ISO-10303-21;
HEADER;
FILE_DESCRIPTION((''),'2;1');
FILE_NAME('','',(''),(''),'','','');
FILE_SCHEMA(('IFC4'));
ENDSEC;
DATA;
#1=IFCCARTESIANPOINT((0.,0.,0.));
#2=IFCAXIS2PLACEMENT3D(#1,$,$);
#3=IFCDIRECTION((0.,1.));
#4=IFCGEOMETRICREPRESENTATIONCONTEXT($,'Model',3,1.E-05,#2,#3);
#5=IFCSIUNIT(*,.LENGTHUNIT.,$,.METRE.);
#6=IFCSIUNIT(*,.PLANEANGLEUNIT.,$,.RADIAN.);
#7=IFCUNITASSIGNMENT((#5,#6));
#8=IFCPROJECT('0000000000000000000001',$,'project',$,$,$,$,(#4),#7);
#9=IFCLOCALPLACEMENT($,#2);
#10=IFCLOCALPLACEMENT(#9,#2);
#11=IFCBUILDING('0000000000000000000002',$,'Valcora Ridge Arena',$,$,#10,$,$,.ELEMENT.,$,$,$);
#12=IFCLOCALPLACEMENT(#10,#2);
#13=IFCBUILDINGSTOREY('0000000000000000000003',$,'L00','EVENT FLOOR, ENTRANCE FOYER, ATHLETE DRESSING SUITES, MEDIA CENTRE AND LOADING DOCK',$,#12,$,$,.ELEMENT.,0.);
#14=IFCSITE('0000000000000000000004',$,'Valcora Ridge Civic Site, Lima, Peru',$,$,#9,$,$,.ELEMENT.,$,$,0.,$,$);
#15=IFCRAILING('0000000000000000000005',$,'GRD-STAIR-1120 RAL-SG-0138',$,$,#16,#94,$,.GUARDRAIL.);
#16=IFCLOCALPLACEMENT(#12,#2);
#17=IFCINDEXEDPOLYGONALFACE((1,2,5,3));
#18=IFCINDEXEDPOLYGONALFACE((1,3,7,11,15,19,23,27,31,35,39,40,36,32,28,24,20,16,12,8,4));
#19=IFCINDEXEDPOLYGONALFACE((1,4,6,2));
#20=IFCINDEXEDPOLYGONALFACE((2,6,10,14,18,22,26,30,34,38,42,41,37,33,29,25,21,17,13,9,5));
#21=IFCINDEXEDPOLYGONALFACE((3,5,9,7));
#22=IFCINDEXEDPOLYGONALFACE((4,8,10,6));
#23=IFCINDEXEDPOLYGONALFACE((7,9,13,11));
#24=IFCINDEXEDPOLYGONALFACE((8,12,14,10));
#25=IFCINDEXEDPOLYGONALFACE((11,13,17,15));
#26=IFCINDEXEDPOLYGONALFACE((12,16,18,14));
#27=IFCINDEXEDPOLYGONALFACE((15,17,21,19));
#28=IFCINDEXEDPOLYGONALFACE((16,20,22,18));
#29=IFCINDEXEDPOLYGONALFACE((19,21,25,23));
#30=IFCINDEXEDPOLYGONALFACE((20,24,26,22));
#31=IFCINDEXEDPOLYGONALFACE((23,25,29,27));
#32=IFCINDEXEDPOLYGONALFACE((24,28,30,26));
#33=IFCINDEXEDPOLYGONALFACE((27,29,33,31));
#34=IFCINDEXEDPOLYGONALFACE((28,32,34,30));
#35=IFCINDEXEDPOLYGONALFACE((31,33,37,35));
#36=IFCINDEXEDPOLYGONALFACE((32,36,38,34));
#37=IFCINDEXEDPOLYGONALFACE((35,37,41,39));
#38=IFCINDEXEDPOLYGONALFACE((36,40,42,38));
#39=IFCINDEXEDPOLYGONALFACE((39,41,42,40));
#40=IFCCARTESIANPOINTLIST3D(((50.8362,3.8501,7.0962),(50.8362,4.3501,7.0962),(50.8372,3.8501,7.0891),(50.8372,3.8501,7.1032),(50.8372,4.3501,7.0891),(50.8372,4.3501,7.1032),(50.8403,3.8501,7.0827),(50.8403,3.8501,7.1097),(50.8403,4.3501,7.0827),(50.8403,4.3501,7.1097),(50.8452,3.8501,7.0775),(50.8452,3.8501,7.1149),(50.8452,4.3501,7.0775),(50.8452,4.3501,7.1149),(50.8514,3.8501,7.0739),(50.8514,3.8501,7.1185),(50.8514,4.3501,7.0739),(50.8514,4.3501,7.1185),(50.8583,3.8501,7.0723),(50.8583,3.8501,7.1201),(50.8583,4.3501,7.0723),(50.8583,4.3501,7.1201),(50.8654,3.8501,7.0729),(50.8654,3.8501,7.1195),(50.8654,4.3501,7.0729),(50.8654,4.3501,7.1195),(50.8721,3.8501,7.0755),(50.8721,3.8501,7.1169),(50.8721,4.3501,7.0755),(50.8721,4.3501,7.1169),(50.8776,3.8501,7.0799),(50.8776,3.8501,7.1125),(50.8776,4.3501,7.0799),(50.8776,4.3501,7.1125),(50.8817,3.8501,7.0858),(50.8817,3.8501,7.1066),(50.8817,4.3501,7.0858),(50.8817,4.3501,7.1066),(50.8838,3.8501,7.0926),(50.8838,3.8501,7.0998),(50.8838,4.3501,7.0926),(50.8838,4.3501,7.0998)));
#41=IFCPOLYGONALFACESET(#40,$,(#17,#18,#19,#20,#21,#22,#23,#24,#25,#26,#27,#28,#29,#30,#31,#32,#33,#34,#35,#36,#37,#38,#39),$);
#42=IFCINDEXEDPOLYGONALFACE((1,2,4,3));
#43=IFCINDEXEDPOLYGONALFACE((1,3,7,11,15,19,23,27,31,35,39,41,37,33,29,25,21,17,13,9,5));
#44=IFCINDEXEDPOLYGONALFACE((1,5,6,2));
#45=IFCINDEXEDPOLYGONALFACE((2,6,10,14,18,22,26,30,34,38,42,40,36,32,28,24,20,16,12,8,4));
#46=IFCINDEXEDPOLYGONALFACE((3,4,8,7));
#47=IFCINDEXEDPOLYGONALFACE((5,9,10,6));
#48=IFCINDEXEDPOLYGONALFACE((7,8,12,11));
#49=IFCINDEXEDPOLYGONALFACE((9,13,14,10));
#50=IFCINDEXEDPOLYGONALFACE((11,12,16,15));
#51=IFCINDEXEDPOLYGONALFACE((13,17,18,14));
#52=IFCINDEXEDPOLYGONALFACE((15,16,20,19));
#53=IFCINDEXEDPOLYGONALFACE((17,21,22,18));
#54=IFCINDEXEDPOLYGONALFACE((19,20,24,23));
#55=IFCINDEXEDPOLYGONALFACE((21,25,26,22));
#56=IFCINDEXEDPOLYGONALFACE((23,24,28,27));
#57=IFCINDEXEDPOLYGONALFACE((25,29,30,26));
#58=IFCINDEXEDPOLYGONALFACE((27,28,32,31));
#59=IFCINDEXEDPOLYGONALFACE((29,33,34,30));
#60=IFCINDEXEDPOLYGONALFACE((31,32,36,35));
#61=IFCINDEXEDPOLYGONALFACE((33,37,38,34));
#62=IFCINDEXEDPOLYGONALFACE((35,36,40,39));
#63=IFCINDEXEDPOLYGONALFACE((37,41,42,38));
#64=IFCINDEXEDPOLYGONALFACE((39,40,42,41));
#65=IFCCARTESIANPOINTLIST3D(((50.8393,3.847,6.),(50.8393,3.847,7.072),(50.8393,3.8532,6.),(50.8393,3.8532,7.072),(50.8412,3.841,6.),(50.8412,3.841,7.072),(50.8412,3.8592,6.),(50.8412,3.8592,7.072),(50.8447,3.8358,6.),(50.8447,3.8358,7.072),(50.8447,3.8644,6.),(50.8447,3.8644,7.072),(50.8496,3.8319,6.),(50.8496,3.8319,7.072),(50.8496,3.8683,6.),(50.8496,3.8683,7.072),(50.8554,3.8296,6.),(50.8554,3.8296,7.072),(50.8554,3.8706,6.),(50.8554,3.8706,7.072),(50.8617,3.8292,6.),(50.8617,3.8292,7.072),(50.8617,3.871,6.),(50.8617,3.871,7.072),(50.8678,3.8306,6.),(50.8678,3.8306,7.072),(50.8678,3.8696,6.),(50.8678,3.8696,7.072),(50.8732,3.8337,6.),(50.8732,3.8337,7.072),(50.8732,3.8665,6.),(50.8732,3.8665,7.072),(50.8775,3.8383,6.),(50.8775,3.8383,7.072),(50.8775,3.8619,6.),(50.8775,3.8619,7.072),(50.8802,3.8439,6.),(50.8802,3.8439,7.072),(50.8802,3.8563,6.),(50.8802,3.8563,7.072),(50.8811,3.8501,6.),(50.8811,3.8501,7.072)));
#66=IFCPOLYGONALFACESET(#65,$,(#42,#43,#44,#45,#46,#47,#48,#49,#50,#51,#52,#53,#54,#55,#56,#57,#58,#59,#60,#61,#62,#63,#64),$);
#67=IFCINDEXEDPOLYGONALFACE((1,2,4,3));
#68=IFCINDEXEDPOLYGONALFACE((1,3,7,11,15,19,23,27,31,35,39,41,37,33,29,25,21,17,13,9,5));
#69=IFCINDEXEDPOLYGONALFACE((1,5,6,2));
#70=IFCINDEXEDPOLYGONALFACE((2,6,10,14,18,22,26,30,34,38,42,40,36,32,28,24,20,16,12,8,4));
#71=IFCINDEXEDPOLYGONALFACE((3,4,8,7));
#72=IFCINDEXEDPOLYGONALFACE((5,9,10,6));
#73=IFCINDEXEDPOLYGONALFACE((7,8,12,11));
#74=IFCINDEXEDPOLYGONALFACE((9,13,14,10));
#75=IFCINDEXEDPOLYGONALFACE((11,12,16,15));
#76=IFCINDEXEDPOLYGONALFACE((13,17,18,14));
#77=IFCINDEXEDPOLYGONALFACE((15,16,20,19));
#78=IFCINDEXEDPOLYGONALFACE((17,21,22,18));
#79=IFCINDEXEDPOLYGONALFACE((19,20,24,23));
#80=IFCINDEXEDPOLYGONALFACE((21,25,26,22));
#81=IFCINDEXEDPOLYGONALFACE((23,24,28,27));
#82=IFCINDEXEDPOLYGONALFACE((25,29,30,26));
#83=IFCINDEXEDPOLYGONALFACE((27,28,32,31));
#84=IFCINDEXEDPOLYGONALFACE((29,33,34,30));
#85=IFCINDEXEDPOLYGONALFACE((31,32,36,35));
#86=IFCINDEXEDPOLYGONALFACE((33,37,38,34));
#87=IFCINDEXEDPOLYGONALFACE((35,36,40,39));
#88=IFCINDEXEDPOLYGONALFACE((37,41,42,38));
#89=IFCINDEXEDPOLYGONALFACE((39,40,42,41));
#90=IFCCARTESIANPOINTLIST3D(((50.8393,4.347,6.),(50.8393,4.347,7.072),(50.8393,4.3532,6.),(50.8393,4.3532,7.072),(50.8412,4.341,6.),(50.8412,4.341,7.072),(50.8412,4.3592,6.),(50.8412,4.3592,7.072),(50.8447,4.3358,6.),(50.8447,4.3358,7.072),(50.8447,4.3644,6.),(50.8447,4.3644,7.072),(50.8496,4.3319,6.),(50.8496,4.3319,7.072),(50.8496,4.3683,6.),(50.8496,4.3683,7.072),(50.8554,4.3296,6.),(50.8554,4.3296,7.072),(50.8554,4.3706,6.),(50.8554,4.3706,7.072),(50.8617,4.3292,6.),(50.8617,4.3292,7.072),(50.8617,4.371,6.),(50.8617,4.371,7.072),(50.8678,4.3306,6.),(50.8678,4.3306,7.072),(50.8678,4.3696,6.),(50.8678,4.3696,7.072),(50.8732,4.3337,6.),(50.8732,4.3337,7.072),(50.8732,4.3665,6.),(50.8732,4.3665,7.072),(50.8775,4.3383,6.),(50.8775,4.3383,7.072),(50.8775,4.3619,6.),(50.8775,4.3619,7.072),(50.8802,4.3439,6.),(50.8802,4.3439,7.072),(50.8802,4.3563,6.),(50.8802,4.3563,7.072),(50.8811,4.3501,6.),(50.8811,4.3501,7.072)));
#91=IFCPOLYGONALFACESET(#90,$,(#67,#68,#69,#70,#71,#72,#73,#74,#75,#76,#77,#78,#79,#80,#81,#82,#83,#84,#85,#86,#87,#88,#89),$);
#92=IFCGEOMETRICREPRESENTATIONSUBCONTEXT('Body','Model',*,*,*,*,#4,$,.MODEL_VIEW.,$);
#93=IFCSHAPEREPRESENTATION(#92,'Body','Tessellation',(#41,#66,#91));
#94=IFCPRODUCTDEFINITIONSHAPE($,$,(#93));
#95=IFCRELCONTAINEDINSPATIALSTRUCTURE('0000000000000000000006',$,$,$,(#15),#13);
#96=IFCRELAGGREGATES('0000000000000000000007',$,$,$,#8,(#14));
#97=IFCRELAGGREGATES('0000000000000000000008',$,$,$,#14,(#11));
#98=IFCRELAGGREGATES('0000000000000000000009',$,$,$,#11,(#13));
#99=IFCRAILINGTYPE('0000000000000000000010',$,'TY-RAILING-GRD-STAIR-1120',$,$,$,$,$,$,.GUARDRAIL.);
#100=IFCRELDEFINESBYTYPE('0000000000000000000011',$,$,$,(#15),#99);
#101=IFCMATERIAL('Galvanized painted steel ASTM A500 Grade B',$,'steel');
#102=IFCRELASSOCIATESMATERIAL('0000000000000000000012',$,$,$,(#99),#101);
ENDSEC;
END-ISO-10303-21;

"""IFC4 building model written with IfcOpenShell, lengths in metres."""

from ifc_helpers import new_model, si_unit, direction, frame, origin, origin_2d, place, context, subcontext, project, spatial, circle, extrude, material, type_object, element, save


model = new_model("IFC4")

# Units and contexts
model_context = context("Model", 3, precision=1e-05, world=origin(), true_north=direction((0.0, 1.0)))
body_context = subcontext(model_context, "Body", "Model", "MODEL_VIEW")
ifc_project = project(units=[si_unit("LENGTHUNIT", "METRE"), si_unit("PLANEANGLEUNIT", "RADIAN")], contexts=[model_context])

# Site, building, storey
site_placement = place(None, origin())
site = spatial("IfcSite", under=ifc_project, at=site_placement, Name="Valcora Ridge Civic Site, Lima, Peru", CompositionType="ELEMENT", RefElevation=0.0)
building_placement = place(site_placement, origin())
building = spatial("IfcBuilding", under=site, at=building_placement, Name="Valcora Ridge Arena", CompositionType="ELEMENT")
storey_placement = place(building_placement, origin())
storey = spatial("IfcBuildingStorey", under=building, at=storey_placement, Name="L00", Description="EVENT FLOOR, ENTRANCE FOYER, ATHLETE DRESSING SUITES, MEDIA CENTRE AND LOADING DOCK", CompositionType="ELEMENT", Elevation=0.0)

# Railing
ifc_material_1 = material(Name="Galvanized painted steel ASTM A500 Grade B", Category="steel")
railing_type = type_object("IfcRailingType", Name="TY-RAILING-GRD-STAIR-1120", PredefinedType="GUARDRAIL", material=ifc_material_1)
railing_1_placement = place(storey_placement, frame((50.8601, 3.8501, 6.0)))
element("IfcRailing", 1, at=railing_1_placement, inside=storey, type_object=railing_type, Name="GRD-STAIR-1120 RAL-SG-0138", PredefinedType="GUARDRAIL", context=body_context, shape_type="SweptSolid", body=[
    extrude(circle(Radius=0.0239, at=origin_2d()), frame((0.0, 0.0, 1.0962), z_axis=(0.0, 1.0, 0.0), x_axis=(-1.0, 0.0, 0.0)), (0.0, 0.0, 1.0), 0.5),
    extrude(circle(Radius=0.021, at=origin_2d()), origin(), (0.0, 0.0, 1.0), 1.072),
    extrude(circle(Radius=0.021, at=origin_2d()), frame((0.0, 0.5, 0.0)), (0.0, 0.0, 1.0), 1.072),
])

save(model, "model.ifc")
